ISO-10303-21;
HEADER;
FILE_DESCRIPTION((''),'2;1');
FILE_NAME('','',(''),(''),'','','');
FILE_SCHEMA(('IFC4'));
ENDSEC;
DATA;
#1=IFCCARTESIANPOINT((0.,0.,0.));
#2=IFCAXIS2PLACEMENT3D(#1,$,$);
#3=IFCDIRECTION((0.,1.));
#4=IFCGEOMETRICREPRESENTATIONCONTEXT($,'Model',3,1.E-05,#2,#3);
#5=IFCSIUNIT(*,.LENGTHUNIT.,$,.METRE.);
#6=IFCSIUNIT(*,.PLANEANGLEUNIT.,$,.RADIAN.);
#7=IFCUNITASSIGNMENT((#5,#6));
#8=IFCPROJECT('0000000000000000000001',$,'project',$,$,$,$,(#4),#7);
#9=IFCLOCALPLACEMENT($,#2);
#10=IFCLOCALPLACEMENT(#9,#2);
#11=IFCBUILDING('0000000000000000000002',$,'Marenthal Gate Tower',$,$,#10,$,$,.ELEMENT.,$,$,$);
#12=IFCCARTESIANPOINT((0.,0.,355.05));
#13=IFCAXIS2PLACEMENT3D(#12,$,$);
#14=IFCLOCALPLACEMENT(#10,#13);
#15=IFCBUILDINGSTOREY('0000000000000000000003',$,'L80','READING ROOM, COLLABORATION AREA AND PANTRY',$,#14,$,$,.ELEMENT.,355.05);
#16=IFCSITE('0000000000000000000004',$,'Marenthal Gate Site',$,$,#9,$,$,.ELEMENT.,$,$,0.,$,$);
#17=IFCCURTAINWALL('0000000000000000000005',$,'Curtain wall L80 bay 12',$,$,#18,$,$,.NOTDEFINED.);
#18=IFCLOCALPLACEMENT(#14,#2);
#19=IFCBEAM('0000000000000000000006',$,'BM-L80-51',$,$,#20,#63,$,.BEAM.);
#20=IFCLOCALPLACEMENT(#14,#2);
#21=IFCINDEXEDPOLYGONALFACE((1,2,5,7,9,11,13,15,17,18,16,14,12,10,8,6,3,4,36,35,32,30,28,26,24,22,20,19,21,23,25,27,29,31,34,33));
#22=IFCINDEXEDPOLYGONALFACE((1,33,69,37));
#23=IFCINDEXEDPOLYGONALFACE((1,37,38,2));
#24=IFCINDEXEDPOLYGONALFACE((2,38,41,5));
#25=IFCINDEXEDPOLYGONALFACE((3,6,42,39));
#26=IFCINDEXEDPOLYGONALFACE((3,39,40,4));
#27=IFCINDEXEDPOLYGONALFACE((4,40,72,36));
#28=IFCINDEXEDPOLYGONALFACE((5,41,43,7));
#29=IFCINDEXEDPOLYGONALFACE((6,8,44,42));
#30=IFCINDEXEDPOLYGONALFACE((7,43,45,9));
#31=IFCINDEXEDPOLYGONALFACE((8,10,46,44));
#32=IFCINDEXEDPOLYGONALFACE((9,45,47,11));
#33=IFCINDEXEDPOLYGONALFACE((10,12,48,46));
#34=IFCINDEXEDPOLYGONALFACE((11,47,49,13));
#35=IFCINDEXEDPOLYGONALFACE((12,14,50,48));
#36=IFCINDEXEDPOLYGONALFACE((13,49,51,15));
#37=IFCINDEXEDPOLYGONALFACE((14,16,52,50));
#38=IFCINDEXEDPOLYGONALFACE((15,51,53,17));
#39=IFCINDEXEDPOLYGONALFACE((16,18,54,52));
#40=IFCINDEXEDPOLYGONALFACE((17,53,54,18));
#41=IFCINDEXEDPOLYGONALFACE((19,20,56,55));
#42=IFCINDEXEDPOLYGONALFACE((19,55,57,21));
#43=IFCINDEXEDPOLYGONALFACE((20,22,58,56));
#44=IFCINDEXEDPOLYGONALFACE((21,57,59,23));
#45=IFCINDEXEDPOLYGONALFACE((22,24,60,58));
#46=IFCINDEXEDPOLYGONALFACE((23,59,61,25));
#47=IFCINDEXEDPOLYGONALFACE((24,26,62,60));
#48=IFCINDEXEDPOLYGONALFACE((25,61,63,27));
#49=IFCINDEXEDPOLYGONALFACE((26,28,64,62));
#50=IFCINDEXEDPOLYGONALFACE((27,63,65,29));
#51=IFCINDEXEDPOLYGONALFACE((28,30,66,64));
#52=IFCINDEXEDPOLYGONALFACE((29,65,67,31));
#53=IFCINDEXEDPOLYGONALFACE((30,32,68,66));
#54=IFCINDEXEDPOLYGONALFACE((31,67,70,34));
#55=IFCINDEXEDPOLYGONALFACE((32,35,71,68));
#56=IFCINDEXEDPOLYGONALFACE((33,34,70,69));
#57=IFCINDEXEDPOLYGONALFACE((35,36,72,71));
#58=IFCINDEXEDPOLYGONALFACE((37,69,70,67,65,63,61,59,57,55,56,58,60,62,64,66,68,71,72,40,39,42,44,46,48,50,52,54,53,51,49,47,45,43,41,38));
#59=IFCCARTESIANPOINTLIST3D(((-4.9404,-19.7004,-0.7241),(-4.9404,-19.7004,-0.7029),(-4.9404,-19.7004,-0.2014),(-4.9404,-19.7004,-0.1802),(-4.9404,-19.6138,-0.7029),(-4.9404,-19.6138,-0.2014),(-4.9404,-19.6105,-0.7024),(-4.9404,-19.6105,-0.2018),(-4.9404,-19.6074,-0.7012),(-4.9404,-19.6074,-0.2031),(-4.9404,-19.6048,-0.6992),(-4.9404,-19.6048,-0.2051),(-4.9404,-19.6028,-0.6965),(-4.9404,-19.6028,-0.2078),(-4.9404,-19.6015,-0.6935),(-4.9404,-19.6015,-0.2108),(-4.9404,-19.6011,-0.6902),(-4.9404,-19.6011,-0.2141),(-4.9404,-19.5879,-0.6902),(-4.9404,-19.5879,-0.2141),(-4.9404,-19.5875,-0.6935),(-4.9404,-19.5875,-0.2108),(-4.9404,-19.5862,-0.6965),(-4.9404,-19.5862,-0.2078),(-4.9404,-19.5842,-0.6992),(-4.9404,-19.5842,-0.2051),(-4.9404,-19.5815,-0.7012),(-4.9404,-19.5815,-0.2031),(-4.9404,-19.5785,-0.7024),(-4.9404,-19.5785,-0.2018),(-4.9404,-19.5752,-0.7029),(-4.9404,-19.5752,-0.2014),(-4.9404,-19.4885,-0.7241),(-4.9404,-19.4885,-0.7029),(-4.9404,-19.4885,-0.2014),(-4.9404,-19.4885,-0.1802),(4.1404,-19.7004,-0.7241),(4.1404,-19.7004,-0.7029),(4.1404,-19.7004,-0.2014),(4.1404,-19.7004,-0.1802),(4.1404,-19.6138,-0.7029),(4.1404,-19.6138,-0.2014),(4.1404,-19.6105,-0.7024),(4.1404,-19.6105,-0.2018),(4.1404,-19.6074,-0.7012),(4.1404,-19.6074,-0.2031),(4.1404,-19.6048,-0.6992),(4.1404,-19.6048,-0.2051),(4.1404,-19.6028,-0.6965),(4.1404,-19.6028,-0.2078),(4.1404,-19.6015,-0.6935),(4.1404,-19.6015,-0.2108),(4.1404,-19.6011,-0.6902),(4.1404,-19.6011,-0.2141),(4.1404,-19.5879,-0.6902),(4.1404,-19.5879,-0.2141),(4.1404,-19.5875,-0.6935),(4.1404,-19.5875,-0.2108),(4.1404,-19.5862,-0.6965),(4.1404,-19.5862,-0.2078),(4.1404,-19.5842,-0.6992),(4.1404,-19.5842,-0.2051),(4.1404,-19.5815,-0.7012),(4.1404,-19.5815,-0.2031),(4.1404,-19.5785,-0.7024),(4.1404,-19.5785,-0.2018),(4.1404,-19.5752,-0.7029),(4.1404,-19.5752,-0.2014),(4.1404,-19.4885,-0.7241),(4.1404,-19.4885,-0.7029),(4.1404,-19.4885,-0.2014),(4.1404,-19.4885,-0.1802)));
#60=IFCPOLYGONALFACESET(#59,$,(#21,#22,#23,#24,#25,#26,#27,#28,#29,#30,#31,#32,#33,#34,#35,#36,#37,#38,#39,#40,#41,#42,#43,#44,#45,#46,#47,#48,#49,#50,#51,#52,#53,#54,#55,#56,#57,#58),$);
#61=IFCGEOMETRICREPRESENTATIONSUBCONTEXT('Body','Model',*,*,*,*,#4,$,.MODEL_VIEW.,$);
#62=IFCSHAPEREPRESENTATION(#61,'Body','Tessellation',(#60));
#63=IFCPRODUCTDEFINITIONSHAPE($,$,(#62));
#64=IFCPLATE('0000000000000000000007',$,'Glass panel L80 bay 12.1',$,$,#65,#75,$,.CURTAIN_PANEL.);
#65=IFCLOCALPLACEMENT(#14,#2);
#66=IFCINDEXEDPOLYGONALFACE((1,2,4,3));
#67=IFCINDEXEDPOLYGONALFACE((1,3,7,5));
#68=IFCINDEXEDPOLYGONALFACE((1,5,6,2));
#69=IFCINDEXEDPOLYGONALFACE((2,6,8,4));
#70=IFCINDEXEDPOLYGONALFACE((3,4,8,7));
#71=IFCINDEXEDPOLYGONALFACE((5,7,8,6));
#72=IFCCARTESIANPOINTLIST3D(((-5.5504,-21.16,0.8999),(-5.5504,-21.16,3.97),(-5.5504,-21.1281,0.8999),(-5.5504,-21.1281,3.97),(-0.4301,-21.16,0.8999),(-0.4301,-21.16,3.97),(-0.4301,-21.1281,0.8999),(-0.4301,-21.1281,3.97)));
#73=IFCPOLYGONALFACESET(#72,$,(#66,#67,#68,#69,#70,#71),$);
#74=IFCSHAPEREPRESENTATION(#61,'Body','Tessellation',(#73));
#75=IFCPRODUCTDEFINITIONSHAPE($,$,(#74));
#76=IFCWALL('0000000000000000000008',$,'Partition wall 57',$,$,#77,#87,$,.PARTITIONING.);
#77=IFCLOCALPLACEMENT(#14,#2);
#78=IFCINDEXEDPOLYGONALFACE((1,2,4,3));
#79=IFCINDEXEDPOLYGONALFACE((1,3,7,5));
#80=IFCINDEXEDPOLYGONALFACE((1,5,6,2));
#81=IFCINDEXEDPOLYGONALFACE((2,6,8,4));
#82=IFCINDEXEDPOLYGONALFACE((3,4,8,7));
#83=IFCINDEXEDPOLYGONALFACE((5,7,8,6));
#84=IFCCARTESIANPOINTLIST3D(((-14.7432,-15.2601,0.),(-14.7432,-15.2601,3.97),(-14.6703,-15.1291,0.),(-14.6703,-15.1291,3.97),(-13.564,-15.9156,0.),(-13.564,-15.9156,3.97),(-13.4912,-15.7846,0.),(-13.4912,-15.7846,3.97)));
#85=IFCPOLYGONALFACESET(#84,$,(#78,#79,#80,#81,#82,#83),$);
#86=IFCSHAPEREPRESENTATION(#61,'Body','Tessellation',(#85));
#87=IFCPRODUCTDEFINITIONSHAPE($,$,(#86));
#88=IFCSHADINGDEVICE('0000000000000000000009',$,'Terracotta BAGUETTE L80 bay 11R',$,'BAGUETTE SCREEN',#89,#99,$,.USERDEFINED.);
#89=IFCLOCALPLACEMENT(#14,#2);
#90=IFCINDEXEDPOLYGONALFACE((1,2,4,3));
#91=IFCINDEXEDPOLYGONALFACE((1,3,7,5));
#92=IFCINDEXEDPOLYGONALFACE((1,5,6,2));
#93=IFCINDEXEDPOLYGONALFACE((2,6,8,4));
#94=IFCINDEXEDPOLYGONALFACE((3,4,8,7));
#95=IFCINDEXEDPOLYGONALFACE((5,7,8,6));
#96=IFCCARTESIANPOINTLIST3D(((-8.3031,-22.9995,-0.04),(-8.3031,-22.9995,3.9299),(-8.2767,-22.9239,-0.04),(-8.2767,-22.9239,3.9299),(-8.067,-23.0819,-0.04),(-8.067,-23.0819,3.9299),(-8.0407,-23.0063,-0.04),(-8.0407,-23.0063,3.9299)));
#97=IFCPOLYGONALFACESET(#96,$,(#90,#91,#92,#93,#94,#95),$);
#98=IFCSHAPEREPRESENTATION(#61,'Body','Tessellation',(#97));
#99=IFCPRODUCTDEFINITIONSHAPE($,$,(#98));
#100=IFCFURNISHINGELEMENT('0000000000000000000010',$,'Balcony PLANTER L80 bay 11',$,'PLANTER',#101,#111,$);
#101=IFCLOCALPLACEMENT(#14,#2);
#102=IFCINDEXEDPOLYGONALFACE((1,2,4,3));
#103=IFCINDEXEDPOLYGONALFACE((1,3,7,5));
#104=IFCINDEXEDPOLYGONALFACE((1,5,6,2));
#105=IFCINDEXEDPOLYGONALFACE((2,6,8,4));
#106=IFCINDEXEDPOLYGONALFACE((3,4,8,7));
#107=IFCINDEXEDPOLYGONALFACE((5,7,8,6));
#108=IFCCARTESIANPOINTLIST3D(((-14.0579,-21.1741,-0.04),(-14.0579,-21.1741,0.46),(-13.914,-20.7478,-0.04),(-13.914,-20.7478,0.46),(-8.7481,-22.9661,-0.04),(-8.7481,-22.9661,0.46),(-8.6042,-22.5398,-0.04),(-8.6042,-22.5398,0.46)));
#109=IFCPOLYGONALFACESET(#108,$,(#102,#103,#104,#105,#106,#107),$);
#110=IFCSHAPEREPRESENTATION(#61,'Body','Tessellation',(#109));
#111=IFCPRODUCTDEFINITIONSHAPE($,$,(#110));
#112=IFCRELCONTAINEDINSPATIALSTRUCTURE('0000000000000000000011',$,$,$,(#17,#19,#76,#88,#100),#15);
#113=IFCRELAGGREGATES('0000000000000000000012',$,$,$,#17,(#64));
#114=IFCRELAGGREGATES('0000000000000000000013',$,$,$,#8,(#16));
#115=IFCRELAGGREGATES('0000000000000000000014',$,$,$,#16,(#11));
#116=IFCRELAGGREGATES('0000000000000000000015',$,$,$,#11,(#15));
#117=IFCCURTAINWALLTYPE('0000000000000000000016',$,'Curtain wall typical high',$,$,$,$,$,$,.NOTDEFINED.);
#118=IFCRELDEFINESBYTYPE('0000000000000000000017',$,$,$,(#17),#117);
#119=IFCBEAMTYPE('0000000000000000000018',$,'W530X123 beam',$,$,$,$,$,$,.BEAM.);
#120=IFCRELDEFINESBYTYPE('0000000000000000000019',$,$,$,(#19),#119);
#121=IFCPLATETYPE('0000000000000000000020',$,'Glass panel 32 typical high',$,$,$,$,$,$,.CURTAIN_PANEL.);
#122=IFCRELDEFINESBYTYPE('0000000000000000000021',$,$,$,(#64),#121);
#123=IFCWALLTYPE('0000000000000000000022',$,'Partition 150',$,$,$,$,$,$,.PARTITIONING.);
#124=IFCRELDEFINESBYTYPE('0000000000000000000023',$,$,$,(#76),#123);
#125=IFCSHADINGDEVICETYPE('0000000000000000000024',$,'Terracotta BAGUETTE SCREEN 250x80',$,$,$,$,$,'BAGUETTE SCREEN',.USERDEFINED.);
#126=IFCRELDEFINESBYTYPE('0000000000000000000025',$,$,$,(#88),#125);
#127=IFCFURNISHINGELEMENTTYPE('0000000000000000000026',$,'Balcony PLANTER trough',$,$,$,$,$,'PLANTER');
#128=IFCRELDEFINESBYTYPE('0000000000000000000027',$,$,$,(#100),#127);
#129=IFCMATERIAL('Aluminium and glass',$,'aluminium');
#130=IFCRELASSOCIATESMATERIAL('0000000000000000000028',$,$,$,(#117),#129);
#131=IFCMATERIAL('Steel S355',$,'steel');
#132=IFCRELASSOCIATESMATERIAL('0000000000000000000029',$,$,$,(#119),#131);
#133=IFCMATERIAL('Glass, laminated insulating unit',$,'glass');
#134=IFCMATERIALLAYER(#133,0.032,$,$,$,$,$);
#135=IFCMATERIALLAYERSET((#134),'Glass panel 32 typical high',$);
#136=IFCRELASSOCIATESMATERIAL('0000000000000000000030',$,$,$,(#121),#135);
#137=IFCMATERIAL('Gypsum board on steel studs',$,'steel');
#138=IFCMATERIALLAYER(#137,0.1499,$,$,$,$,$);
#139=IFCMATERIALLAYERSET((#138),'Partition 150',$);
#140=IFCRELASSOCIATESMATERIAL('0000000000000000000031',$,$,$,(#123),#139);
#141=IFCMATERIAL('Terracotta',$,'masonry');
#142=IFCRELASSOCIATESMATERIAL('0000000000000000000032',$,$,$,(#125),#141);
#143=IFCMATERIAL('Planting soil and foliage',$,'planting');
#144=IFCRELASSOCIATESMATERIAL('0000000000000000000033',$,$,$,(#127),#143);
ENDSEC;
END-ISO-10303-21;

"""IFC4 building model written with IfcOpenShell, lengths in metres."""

from ifc_helpers import new_model, si_unit, direction, frame, frame_2d, origin, origin_2d, place, context, subcontext, project, spatial, rectangle, i_section, extrude, material, layer, layer_set, material_profile, profile_set, type_object, element, aggregate, save


model = new_model("IFC4")

# Units and contexts
model_context = context("Model", 3, precision=1e-05, world=origin(), true_north=direction((0.0, 1.0)))
body_context = subcontext(model_context, "Body", "Model", "MODEL_VIEW")
ifc_project = project(units=[si_unit("LENGTHUNIT", "METRE"), si_unit("PLANEANGLEUNIT", "RADIAN")], contexts=[model_context])

# Site, building, storey
site_placement = place(None, origin())
site = spatial("IfcSite", under=ifc_project, at=site_placement, Name="Marenthal Gate Site", CompositionType="ELEMENT", RefElevation=0.0)
building_placement = place(site_placement, origin())
building = spatial("IfcBuilding", under=site, at=building_placement, Name="Marenthal Gate Tower", CompositionType="ELEMENT")
storey_placement = place(building_placement, frame((0.0, 0.0, 355.05)))
storey = spatial("IfcBuildingStorey", under=building, at=storey_placement, Name="L80", Description="READING ROOM, COLLABORATION AREA AND PANTRY", CompositionType="ELEMENT", Elevation=355.05)

# Curtain wall
ifc_material_1 = material(Name="Aluminium and glass", Category="aluminium")
curtain_wall_type = type_object("IfcCurtainWallType", Name="Curtain wall typical high", PredefinedType="NOTDEFINED", material=ifc_material_1)
curtain_wall_placement = place(storey_placement, origin())
curtain_wall = element("IfcCurtainWall", 1, at=curtain_wall_placement, inside=storey, type_object=curtain_wall_type, Name="Curtain wall L80 bay 12", PredefinedType="NOTDEFINED")

# Beam
ifc_material_2 = material(Name="Steel S355", Category="steel")
ifc_material_profile_1 = material_profile(ifc_material_2, i_section(OverallWidth=0.2119, OverallDepth=0.5439, WebThickness=0.0132, FlangeThickness=0.0212, FilletRadius=0.0127, at=origin_2d()), Name="W530X123")
ifc_profile_set_1 = profile_set([ifc_material_profile_1], Name="Steel S355")
beam_type_1 = type_object("IfcBeamType", Name="W530X123 beam", PredefinedType="BEAM", material=ifc_profile_set_1)
beam_1_placement = place(storey_placement, frame((-4.9404, -19.5945, -0.4521), z_axis=(1.0, 0.0, 0.0), x_axis=(0.0, 1.0, 0.0)))
element("IfcBeam", 2, at=beam_1_placement, inside=storey, type_object=beam_type_1, Name="BM-L80-51", PredefinedType="BEAM", context=body_context, shape_type="SweptSolid", body=[
    extrude(i_section(OverallWidth=0.2119, OverallDepth=0.5439, WebThickness=0.0132, FlangeThickness=0.0212, FilletRadius=0.0127, at=origin_2d()), origin(), (0.0, 0.0, 1.0), 9.0808),
])

# Plate
ifc_material_3 = material(Name="Glass, laminated insulating unit", Category="glass")
ifc_layer_1 = layer(ifc_material_3, 0.032)
ifc_layer_set_1 = layer_set([ifc_layer_1], Name="Glass panel 32 typical high")
plate_type = type_object("IfcPlateType", Name="Glass panel 32 typical high", PredefinedType="CURTAIN_PANEL", material=ifc_layer_set_1)
plate_placement = place(storey_placement, frame((-2.9902, -21.144, 0.8999), z_axis=(0.0, 0.0, 1.0), x_axis=(1.0, 0.0, 0.0)))
plate = element("IfcPlate", 3, at=plate_placement, type_object=plate_type, Name="Glass panel L80 bay 12.1", PredefinedType="CURTAIN_PANEL", context=body_context, shape_type="SweptSolid", body=[
    extrude(rectangle(XDim=5.1204, YDim=0.032, at=origin_2d()), origin(), (0.0, 0.0, 1.0), 3.0701),
])
aggregate(curtain_wall, [plate])

# Wall
ifc_material_4 = material(Name="Gypsum board on steel studs", Category="steel")
ifc_layer_2 = layer(ifc_material_4, 0.1499)
ifc_layer_set_2 = layer_set([ifc_layer_2], Name="Partition 150")
wall_type = type_object("IfcWallType", Name="Partition 150", PredefinedType="PARTITIONING", material=ifc_layer_set_2)
wall_placement = place(storey_placement, frame((-13.5276, -15.8501, 0.0), z_axis=(0.0, 0.0, 1.0), x_axis=(-0.874029, 0.485873, 0.0)))
element("IfcWall", 4, at=wall_placement, inside=storey, type_object=wall_type, Name="Partition wall 57", PredefinedType="PARTITIONING", context=body_context, shape_type="SweptSolid", body=[
    extrude(rectangle(XDim=1.3491, YDim=0.1499, at=frame_2d((0.6746, 0.0))), origin(), (0.0, 0.0, 1.0), 3.97),
])

# Shading device
ifc_material_5 = material(Name="Terracotta", Category="masonry")
ifc_material_profile_2 = material_profile(ifc_material_5, rectangle(XDim=0.25, YDim=0.0801, at=origin_2d()), Name="Terracotta baguette 250x80")
ifc_profile_set_2 = profile_set([ifc_material_profile_2], Name="Terracotta")
shading_device_type = type_object("IfcShadingDeviceType", Name="Terracotta BAGUETTE SCREEN 250x80", ElementType="BAGUETTE SCREEN", PredefinedType="USERDEFINED", material=ifc_profile_set_2)
shading_device_placement = place(storey_placement, frame((-8.1719, -23.0029, -0.04), z_axis=(0.0, 0.0, 1.0), x_axis=(0.944152, -0.32951, 0.0)))
element("IfcShadingDevice", 5, at=shading_device_placement, inside=storey, type_object=shading_device_type, Name="Terracotta BAGUETTE L80 bay 11R", ObjectType="BAGUETTE SCREEN", PredefinedType="USERDEFINED", context=body_context, shape_type="SweptSolid", body=[
    extrude(rectangle(XDim=0.25, YDim=0.0801, at=origin_2d()), origin(), (0.0, 0.0, 1.0), 3.97),
])

# Furnishing element
ifc_material_6 = material(Name="Planting soil and foliage", Category="planting")
furnishing_element_type = type_object("IfcFurnishingElementType", Name="Balcony PLANTER trough", ElementType="PLANTER", material=ifc_material_6)
furnishing_placement = place(storey_placement, frame((-11.3311, -21.8569, -0.04), z_axis=(0.0, 0.0, 1.0), x_axis=(0.947495, -0.31977, 0.0)))
element("IfcFurnishingElement", 6, at=furnishing_placement, inside=storey, type_object=furnishing_element_type, Name="Balcony PLANTER L80 bay 11", ObjectType="PLANTER", context=body_context, shape_type="SweptSolid", body=[
    extrude(rectangle(XDim=5.604, YDim=0.45, at=origin_2d()), origin(), (0.0, 0.0, 1.0), 0.5),
])

save(model, "model.ifc")
